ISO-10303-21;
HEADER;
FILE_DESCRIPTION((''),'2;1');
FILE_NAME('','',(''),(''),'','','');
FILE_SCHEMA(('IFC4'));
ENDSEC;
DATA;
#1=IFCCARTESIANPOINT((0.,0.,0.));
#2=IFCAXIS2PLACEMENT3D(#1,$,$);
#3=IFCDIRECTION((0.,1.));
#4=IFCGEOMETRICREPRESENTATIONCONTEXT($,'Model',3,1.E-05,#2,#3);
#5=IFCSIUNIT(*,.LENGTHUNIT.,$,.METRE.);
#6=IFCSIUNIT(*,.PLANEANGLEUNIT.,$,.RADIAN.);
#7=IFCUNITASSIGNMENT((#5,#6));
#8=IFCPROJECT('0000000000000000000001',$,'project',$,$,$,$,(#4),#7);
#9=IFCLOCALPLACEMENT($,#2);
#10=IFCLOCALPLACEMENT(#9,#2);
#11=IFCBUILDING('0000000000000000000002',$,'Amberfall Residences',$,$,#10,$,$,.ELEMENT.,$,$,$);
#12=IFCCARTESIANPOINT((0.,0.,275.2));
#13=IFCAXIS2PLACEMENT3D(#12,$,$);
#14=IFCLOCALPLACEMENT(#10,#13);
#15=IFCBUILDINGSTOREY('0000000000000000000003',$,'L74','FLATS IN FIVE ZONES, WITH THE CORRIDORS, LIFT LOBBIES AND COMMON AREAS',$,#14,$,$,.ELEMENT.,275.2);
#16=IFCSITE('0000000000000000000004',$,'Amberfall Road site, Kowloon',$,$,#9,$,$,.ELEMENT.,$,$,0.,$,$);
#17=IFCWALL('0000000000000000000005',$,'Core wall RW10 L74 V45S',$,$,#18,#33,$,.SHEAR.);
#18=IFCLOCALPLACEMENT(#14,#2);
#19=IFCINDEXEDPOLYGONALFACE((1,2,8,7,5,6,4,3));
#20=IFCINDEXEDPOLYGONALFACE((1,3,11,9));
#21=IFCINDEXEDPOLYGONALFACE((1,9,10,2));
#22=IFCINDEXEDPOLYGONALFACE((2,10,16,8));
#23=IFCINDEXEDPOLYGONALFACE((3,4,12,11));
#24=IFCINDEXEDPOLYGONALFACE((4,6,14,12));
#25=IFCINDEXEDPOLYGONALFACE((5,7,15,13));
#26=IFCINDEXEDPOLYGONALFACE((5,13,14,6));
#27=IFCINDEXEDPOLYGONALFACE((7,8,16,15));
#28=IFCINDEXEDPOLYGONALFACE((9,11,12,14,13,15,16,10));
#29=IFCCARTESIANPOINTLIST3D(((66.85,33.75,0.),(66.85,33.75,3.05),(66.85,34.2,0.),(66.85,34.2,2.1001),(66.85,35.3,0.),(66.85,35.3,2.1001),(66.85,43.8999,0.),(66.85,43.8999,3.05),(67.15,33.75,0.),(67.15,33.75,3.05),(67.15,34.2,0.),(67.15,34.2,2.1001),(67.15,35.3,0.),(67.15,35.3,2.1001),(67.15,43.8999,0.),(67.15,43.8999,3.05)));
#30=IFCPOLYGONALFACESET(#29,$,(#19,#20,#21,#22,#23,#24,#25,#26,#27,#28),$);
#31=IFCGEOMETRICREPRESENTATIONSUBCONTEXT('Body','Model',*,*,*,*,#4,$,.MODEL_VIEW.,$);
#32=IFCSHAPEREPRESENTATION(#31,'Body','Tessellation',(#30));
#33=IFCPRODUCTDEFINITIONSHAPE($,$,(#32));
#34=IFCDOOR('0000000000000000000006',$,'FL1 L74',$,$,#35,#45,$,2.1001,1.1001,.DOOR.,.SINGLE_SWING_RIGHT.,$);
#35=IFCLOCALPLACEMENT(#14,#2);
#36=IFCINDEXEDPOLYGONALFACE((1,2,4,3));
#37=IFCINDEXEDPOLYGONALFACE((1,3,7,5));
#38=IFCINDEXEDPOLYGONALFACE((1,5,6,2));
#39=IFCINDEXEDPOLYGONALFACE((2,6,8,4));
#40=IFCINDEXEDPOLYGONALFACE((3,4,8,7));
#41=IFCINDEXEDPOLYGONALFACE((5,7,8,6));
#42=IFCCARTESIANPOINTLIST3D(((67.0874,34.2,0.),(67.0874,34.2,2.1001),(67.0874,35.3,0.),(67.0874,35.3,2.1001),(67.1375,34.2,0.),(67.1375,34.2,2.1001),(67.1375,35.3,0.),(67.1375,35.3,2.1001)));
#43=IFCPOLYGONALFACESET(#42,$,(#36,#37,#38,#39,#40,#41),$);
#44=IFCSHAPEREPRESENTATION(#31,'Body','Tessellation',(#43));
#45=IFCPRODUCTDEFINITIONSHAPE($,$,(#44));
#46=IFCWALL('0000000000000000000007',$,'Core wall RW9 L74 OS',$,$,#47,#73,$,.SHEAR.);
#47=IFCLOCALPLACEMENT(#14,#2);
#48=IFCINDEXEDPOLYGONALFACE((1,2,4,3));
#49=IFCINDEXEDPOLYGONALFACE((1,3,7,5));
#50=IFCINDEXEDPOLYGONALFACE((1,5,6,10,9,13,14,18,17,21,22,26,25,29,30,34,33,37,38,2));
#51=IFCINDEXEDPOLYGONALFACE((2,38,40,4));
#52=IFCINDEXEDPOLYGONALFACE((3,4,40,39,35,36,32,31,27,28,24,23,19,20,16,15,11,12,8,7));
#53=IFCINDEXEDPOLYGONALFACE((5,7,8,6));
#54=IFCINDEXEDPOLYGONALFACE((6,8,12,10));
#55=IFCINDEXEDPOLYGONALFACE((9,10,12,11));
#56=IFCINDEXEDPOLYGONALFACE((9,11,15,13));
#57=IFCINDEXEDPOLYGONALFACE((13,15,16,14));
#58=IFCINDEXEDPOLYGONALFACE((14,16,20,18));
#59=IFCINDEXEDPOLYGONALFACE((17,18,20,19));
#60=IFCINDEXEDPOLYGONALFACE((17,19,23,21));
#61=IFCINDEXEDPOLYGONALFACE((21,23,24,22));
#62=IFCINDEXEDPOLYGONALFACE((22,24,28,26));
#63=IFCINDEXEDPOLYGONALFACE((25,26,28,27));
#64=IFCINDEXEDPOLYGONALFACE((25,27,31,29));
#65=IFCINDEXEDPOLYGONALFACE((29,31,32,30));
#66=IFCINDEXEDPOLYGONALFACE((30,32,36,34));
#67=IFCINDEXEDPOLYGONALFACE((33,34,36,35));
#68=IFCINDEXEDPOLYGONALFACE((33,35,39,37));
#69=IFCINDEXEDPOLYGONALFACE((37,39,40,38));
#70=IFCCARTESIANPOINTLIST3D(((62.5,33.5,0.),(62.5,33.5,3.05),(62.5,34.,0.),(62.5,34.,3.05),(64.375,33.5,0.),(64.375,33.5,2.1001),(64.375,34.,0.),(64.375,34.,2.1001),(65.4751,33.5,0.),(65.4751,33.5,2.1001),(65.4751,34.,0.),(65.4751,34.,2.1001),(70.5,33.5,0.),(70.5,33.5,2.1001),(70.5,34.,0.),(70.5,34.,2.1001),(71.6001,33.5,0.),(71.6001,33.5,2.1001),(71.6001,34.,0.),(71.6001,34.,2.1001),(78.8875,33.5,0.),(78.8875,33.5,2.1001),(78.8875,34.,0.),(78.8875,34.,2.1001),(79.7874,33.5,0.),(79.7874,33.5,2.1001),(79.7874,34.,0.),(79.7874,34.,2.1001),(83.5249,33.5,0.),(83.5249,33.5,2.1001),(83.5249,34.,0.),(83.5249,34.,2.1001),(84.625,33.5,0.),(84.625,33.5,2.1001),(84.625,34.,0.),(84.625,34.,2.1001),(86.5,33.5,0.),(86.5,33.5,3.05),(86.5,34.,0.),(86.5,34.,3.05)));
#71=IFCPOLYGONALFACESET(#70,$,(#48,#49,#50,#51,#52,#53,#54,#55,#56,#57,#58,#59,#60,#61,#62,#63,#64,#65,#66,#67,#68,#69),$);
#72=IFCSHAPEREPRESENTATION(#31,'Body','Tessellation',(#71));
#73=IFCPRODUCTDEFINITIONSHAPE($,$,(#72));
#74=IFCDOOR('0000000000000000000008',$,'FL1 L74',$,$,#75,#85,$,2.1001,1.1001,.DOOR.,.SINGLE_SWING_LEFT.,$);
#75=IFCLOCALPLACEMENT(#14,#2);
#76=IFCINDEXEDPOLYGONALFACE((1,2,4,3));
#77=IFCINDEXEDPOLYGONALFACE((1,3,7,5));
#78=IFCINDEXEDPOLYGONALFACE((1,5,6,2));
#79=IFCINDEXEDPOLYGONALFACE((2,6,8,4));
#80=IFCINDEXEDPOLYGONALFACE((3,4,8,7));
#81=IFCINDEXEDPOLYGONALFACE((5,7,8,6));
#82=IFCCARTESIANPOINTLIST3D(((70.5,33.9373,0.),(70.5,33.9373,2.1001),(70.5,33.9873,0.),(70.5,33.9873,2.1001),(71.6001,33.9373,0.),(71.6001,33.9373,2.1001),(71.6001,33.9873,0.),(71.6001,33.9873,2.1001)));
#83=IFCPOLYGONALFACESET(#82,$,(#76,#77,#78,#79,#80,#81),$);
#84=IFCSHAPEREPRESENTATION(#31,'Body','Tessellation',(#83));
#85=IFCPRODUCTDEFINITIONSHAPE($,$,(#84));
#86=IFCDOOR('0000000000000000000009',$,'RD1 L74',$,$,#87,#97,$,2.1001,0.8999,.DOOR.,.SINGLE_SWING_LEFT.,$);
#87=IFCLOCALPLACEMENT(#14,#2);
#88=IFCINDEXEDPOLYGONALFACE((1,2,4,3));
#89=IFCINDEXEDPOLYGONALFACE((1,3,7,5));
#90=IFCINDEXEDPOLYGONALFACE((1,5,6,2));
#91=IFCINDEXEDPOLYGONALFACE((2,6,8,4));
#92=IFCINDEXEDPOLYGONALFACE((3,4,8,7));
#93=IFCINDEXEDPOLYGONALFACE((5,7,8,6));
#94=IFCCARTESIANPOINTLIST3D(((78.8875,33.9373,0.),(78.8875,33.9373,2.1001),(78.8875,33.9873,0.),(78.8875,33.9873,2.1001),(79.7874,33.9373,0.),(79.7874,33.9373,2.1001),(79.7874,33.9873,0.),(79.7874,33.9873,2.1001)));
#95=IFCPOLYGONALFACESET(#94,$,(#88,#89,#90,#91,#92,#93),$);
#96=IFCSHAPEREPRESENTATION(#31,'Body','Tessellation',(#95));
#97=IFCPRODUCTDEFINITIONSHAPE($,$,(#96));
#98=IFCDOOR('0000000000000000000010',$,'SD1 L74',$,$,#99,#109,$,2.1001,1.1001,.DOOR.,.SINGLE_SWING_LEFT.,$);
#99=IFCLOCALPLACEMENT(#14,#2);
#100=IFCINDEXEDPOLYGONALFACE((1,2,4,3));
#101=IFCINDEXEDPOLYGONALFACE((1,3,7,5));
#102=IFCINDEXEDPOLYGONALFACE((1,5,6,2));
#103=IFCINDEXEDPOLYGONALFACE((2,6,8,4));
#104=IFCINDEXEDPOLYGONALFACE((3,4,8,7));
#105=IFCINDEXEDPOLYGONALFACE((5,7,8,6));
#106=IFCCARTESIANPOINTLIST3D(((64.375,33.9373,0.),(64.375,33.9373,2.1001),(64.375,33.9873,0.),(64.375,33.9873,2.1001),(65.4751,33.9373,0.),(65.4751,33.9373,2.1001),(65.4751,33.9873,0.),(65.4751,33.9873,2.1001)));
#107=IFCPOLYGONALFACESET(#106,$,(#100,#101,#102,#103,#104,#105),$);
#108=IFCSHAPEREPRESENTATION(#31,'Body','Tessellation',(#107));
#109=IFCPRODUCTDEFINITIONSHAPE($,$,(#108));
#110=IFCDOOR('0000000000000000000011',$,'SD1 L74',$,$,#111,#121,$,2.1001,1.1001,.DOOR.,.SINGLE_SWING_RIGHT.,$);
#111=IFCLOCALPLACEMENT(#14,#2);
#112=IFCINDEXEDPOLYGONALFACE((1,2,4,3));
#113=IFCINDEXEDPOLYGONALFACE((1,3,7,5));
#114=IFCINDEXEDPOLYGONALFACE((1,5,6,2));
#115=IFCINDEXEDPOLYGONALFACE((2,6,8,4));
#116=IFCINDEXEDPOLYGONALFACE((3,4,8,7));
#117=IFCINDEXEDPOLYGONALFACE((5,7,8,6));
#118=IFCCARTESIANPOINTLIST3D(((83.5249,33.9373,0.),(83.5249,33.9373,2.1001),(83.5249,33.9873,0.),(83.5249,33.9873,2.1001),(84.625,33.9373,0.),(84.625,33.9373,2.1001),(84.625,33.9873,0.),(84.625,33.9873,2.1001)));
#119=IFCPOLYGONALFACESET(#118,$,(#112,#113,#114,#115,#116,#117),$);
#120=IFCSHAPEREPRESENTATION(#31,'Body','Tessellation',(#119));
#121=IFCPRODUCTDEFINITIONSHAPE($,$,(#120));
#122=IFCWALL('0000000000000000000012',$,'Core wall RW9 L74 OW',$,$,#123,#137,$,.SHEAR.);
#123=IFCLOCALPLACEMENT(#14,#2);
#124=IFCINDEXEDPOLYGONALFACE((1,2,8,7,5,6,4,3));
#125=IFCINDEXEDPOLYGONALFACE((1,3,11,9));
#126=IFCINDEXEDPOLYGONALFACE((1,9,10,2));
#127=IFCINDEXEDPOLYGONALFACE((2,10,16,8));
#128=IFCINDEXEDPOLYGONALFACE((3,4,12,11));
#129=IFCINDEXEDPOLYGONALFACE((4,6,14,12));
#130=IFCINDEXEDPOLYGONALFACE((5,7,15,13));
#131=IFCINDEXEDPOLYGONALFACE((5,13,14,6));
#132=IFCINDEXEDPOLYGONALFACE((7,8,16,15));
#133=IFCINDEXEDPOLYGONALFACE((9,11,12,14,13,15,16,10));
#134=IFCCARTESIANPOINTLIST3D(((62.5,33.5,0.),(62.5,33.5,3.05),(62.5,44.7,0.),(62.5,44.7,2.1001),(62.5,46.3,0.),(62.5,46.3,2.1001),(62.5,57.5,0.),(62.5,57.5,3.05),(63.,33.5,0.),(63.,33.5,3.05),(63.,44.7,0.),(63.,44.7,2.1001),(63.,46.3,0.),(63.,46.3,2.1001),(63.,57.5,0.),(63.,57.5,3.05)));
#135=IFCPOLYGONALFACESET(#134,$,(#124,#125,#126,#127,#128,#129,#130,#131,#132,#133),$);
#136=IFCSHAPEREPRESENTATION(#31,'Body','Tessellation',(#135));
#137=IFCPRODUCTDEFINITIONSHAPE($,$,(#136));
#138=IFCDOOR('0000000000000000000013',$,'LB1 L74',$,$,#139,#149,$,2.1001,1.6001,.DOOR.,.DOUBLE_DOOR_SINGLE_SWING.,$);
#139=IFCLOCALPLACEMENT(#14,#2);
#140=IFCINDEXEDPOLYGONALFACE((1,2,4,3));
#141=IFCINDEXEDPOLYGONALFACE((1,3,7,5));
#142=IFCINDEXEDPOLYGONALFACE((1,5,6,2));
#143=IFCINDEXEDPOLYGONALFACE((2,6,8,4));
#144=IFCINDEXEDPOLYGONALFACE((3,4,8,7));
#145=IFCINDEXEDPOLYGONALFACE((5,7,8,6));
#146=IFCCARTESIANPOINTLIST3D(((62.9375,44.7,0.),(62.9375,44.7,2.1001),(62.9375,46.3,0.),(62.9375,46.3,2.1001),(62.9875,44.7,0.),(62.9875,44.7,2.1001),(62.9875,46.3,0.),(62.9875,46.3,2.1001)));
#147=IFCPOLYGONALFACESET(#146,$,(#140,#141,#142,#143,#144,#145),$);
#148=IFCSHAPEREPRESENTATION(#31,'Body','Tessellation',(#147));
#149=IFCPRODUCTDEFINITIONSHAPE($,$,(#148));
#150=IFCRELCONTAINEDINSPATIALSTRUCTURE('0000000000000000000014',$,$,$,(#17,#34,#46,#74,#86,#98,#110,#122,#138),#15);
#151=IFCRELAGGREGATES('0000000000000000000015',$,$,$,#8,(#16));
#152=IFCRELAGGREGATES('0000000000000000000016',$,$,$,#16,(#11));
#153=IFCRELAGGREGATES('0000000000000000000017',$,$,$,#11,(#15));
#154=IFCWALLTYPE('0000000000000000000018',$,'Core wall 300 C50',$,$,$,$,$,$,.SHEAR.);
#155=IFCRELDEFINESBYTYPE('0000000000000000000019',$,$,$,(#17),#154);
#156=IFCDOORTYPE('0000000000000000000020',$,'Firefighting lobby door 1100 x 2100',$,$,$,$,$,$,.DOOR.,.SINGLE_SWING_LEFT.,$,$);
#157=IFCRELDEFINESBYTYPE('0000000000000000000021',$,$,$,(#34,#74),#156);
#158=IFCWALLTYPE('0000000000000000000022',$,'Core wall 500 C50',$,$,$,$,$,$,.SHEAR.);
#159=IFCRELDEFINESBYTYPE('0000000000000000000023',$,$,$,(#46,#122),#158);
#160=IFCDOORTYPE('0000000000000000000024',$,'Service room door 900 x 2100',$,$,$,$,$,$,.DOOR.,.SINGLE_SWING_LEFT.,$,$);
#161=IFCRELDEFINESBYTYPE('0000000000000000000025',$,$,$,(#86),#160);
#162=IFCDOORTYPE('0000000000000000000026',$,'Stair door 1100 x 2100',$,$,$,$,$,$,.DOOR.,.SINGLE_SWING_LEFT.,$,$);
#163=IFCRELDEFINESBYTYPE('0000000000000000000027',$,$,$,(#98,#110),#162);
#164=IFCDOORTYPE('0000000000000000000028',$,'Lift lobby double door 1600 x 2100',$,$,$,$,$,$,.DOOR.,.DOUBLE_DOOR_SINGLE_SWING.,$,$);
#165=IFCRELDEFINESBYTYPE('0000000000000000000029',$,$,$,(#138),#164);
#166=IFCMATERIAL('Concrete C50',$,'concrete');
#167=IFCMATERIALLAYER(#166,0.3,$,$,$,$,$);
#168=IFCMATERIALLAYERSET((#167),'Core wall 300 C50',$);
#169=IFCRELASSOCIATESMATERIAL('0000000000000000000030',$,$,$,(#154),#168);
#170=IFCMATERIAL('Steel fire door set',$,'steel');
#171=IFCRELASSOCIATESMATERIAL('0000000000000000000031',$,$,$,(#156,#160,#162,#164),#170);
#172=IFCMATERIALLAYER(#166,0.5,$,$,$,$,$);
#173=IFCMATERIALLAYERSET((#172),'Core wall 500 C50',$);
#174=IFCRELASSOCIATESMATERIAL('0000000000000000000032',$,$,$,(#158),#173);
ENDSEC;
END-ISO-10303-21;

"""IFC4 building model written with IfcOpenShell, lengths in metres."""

from ifc_helpers import new_model, si_unit, direction, frame, frame_2d, origin, place, context, subcontext, project, spatial, rectangle, extrude, material, layer, layer_set, type_object, element, fill, save


model = new_model("IFC4")

# Units and contexts
model_context = context("Model", 3, precision=1e-05, world=origin(), true_north=direction((0.0, 1.0)))
body_context = subcontext(model_context, "Body", "Model", "MODEL_VIEW")
ifc_project = project(units=[si_unit("LENGTHUNIT", "METRE"), si_unit("PLANEANGLEUNIT", "RADIAN")], contexts=[model_context])

# Site, building, storey
site_placement = place(None, origin())
site = spatial("IfcSite", under=ifc_project, at=site_placement, Name="Amberfall Road site, Kowloon", CompositionType="ELEMENT", RefElevation=0.0)
building_placement = place(site_placement, origin())
building = spatial("IfcBuilding", under=site, at=building_placement, Name="Amberfall Residences", CompositionType="ELEMENT")
storey_placement = place(building_placement, frame((0.0, 0.0, 275.2)))
storey = spatial("IfcBuildingStorey", under=building, at=storey_placement, Name="L74", Description="FLATS IN FIVE ZONES, WITH THE CORRIDORS, LIFT LOBBIES AND COMMON AREAS", CompositionType="ELEMENT", Elevation=275.2)

# Wall, opening, door
ifc_material_1 = material(Name="Concrete C50", Category="concrete")
ifc_layer_1 = layer(ifc_material_1, 0.3)
ifc_layer_set_1 = layer_set([ifc_layer_1], Name="Core wall 300 C50")
wall_type_1 = type_object("IfcWallType", Name="Core wall 300 C50", PredefinedType="SHEAR", material=ifc_layer_set_1)
wall_1_placement = place(storey_placement, frame((67.0, 33.75, 0.0), z_axis=(0.0, 0.0, 1.0), x_axis=(0.0, 1.0, 0.0)))
wall_1 = element("IfcWall", 1, at=wall_1_placement, inside=storey, type_object=wall_type_1, Name="Core wall RW10 L74 V45S", PredefinedType="SHEAR", context=body_context, shape_type="SweptSolid", body=[
    extrude(rectangle(XDim=10.1499, YDim=0.3, at=frame_2d((5.075, 0.0))), origin(), (0.0, 0.0, 1.0), 3.05),
])
opening_1_placement = place(wall_1_placement, frame((0.45, 0.0, 0.0)))
opening_1 = element("IfcOpeningElement", 2, at=opening_1_placement, cuts=wall_1, PredefinedType="OPENING", context=body_context, shape_type="SweptSolid", body=[
    extrude(rectangle(XDim=1.1001, YDim=2.1001, at=frame_2d((0.55, 1.05))), frame((0.0, 0.1599, 0.0), z_axis=(0.0, -1.0, 0.0), x_axis=(1.0, 0.0, 0.0)), (0.0, 0.0, 1.0), 0.3201),
])
ifc_material_2 = material(Name="Steel fire door set", Category="steel")
door_type_1 = type_object("IfcDoorType", Name="Firefighting lobby door 1100 x 2100", OperationType="SINGLE_SWING_LEFT", PredefinedType="DOOR", material=ifc_material_2)
door_1_placement = place(opening_1_placement, origin())
door_1 = element("IfcDoor", 3, at=door_1_placement, inside=storey, type_object=door_type_1, Name="FL1 L74", OperationType="SINGLE_SWING_RIGHT", OverallHeight=2.1001, OverallWidth=1.1001, PredefinedType="DOOR", context=body_context, shape_type="SweptSolid", body=[
    extrude(rectangle(XDim=1.1001, YDim=2.1001, at=frame_2d((0.55, 1.05))), frame((0.0, -0.0874, 0.0), z_axis=(0.0, -1.0, 0.0), x_axis=(1.0, 0.0, 0.0)), (0.0, 0.0, 1.0), 0.05),
])
fill(opening_1, door_1)

# Wall, openings, doors
ifc_layer_2 = layer(ifc_material_1, 0.5)
ifc_layer_set_2 = layer_set([ifc_layer_2], Name="Core wall 500 C50")
wall_type_2 = type_object("IfcWallType", Name="Core wall 500 C50", PredefinedType="SHEAR", material=ifc_layer_set_2)
wall_2_placement = place(storey_placement, frame((62.5, 33.75, 0.0), z_axis=(0.0, 0.0, 1.0), x_axis=(1.0, 0.0, 0.0)))
wall_2 = element("IfcWall", 4, at=wall_2_placement, inside=storey, type_object=wall_type_2, Name="Core wall RW9 L74 OS", PredefinedType="SHEAR", context=body_context, shape_type="SweptSolid", body=[
    extrude(rectangle(XDim=24.0, YDim=0.5, at=frame_2d((12.0, 0.0))), origin(), (0.0, 0.0, 1.0), 3.05),
])
opening_2_placement = place(wall_2_placement, frame((1.875, 0.0, 0.0)))
opening_2 = element("IfcOpeningElement", 5, at=opening_2_placement, cuts=wall_2, PredefinedType="OPENING", context=body_context, shape_type="SweptSolid", body=[
    extrude(rectangle(XDim=1.1001, YDim=2.1001, at=frame_2d((0.55, 1.05))), frame((0.0, 0.26, 0.0), z_axis=(0.0, -1.0, 0.0), x_axis=(1.0, 0.0, 0.0)), (0.0, 0.0, 1.0), 0.52),
])
opening_3_placement = place(wall_2_placement, frame((21.0249, 0.0, 0.0)))
opening_3 = element("IfcOpeningElement", 6, at=opening_3_placement, cuts=wall_2, PredefinedType="OPENING", context=body_context, shape_type="SweptSolid", body=[
    extrude(rectangle(XDim=1.1001, YDim=2.1001, at=frame_2d((0.55, 1.05))), frame((0.0, 0.26, 0.0), z_axis=(0.0, -1.0, 0.0), x_axis=(1.0, 0.0, 0.0)), (0.0, 0.0, 1.0), 0.52),
])
opening_4_placement = place(wall_2_placement, frame((8.0, 0.0, 0.0)))
opening_4 = element("IfcOpeningElement", 7, at=opening_4_placement, cuts=wall_2, PredefinedType="OPENING", context=body_context, shape_type="SweptSolid", body=[
    extrude(rectangle(XDim=1.1001, YDim=2.1001, at=frame_2d((0.55, 1.05))), frame((0.0, 0.26, 0.0), z_axis=(0.0, -1.0, 0.0), x_axis=(1.0, 0.0, 0.0)), (0.0, 0.0, 1.0), 0.52),
])
opening_5_placement = place(wall_2_placement, frame((16.3875, 0.0, 0.0)))
opening_5 = element("IfcOpeningElement", 8, at=opening_5_placement, cuts=wall_2, PredefinedType="OPENING", context=body_context, shape_type="SweptSolid", body=[
    extrude(rectangle(XDim=0.8999, YDim=2.1001, at=frame_2d((0.45, 1.05))), frame((0.0, 0.26, 0.0), z_axis=(0.0, -1.0, 0.0), x_axis=(1.0, 0.0, 0.0)), (0.0, 0.0, 1.0), 0.52),
])
door_2_placement = place(opening_4_placement, origin())
door_2 = element("IfcDoor", 9, at=door_2_placement, inside=storey, type_object=door_type_1, Name="FL1 L74", OperationType="SINGLE_SWING_LEFT", OverallHeight=2.1001, OverallWidth=1.1001, PredefinedType="DOOR", context=body_context, shape_type="SweptSolid", body=[
    extrude(rectangle(XDim=1.1001, YDim=2.1001, at=frame_2d((0.55, 1.05))), frame((0.0, 0.2373, 0.0), z_axis=(0.0, -1.0, 0.0), x_axis=(1.0, 0.0, 0.0)), (0.0, 0.0, 1.0), 0.05),
])
fill(opening_4, door_2)
door_type_2 = type_object("IfcDoorType", Name="Service room door 900 x 2100", OperationType="SINGLE_SWING_LEFT", PredefinedType="DOOR", material=ifc_material_2)
door_3_placement = place(opening_5_placement, origin())
door_3 = element("IfcDoor", 10, at=door_3_placement, inside=storey, type_object=door_type_2, Name="RD1 L74", OperationType="SINGLE_SWING_LEFT", OverallHeight=2.1001, OverallWidth=0.8999, PredefinedType="DOOR", context=body_context, shape_type="SweptSolid", body=[
    extrude(rectangle(XDim=0.8999, YDim=2.1001, at=frame_2d((0.45, 1.05))), frame((0.0, 0.2373, 0.0), z_axis=(0.0, -1.0, 0.0), x_axis=(1.0, 0.0, 0.0)), (0.0, 0.0, 1.0), 0.05),
])
fill(opening_5, door_3)
door_type_3 = type_object("IfcDoorType", Name="Stair door 1100 x 2100", OperationType="SINGLE_SWING_LEFT", PredefinedType="DOOR", material=ifc_material_2)
door_4_placement = place(opening_2_placement, origin())
door_4 = element("IfcDoor", 11, at=door_4_placement, inside=storey, type_object=door_type_3, Name="SD1 L74", OperationType="SINGLE_SWING_LEFT", OverallHeight=2.1001, OverallWidth=1.1001, PredefinedType="DOOR", context=body_context, shape_type="SweptSolid", body=[
    extrude(rectangle(XDim=1.1001, YDim=2.1001, at=frame_2d((0.55, 1.05))), frame((0.0, 0.2373, 0.0), z_axis=(0.0, -1.0, 0.0), x_axis=(1.0, 0.0, 0.0)), (0.0, 0.0, 1.0), 0.05),
])
fill(opening_2, door_4)
door_5_placement = place(opening_3_placement, origin())
door_5 = element("IfcDoor", 12, at=door_5_placement, inside=storey, type_object=door_type_3, Name="SD1 L74", OperationType="SINGLE_SWING_RIGHT", OverallHeight=2.1001, OverallWidth=1.1001, PredefinedType="DOOR", context=body_context, shape_type="SweptSolid", body=[
    extrude(rectangle(XDim=1.1001, YDim=2.1001, at=frame_2d((0.55, 1.05))), frame((0.0, 0.2373, 0.0), z_axis=(0.0, -1.0, 0.0), x_axis=(1.0, 0.0, 0.0)), (0.0, 0.0, 1.0), 0.05),
])
fill(opening_3, door_5)

# Wall, opening, door
wall_3_placement = place(storey_placement, frame((62.75, 33.5, 0.0), z_axis=(0.0, 0.0, 1.0), x_axis=(0.0, 1.0, 0.0)))
wall_3 = element("IfcWall", 13, at=wall_3_placement, inside=storey, type_object=wall_type_2, Name="Core wall RW9 L74 OW", PredefinedType="SHEAR", context=body_context, shape_type="SweptSolid", body=[
    extrude(rectangle(XDim=24.0, YDim=0.5, at=frame_2d((12.0, 0.0))), origin(), (0.0, 0.0, 1.0), 3.05),
])
opening_6_placement = place(wall_3_placement, frame((11.2, 0.0, 0.0)))
opening_6 = element("IfcOpeningElement", 14, at=opening_6_placement, cuts=wall_3, PredefinedType="OPENING", context=body_context, shape_type="SweptSolid", body=[
    extrude(rectangle(XDim=1.6001, YDim=2.1001, at=frame_2d((0.8, 1.05))), frame((0.0, 0.26, 0.0), z_axis=(0.0, -1.0, 0.0), x_axis=(1.0, 0.0, 0.0)), (0.0, 0.0, 1.0), 0.52),
])
door_type_4 = type_object("IfcDoorType", Name="Lift lobby double door 1600 x 2100", OperationType="DOUBLE_DOOR_SINGLE_SWING", PredefinedType="DOOR", material=ifc_material_2)
door_6_placement = place(opening_6_placement, origin())
door_6 = element("IfcDoor", 15, at=door_6_placement, inside=storey, type_object=door_type_4, Name="LB1 L74", OperationType="DOUBLE_DOOR_SINGLE_SWING", OverallHeight=2.1001, OverallWidth=1.6001, PredefinedType="DOOR", context=body_context, shape_type="SweptSolid", body=[
    extrude(rectangle(XDim=1.6001, YDim=2.1001, at=frame_2d((0.8, 1.05))), frame((0.0, -0.1875, 0.0), z_axis=(0.0, -1.0, 0.0), x_axis=(1.0, 0.0, 0.0)), (0.0, 0.0, 1.0), 0.05),
])
fill(opening_6, door_6)

save(model, "model.ifc")
